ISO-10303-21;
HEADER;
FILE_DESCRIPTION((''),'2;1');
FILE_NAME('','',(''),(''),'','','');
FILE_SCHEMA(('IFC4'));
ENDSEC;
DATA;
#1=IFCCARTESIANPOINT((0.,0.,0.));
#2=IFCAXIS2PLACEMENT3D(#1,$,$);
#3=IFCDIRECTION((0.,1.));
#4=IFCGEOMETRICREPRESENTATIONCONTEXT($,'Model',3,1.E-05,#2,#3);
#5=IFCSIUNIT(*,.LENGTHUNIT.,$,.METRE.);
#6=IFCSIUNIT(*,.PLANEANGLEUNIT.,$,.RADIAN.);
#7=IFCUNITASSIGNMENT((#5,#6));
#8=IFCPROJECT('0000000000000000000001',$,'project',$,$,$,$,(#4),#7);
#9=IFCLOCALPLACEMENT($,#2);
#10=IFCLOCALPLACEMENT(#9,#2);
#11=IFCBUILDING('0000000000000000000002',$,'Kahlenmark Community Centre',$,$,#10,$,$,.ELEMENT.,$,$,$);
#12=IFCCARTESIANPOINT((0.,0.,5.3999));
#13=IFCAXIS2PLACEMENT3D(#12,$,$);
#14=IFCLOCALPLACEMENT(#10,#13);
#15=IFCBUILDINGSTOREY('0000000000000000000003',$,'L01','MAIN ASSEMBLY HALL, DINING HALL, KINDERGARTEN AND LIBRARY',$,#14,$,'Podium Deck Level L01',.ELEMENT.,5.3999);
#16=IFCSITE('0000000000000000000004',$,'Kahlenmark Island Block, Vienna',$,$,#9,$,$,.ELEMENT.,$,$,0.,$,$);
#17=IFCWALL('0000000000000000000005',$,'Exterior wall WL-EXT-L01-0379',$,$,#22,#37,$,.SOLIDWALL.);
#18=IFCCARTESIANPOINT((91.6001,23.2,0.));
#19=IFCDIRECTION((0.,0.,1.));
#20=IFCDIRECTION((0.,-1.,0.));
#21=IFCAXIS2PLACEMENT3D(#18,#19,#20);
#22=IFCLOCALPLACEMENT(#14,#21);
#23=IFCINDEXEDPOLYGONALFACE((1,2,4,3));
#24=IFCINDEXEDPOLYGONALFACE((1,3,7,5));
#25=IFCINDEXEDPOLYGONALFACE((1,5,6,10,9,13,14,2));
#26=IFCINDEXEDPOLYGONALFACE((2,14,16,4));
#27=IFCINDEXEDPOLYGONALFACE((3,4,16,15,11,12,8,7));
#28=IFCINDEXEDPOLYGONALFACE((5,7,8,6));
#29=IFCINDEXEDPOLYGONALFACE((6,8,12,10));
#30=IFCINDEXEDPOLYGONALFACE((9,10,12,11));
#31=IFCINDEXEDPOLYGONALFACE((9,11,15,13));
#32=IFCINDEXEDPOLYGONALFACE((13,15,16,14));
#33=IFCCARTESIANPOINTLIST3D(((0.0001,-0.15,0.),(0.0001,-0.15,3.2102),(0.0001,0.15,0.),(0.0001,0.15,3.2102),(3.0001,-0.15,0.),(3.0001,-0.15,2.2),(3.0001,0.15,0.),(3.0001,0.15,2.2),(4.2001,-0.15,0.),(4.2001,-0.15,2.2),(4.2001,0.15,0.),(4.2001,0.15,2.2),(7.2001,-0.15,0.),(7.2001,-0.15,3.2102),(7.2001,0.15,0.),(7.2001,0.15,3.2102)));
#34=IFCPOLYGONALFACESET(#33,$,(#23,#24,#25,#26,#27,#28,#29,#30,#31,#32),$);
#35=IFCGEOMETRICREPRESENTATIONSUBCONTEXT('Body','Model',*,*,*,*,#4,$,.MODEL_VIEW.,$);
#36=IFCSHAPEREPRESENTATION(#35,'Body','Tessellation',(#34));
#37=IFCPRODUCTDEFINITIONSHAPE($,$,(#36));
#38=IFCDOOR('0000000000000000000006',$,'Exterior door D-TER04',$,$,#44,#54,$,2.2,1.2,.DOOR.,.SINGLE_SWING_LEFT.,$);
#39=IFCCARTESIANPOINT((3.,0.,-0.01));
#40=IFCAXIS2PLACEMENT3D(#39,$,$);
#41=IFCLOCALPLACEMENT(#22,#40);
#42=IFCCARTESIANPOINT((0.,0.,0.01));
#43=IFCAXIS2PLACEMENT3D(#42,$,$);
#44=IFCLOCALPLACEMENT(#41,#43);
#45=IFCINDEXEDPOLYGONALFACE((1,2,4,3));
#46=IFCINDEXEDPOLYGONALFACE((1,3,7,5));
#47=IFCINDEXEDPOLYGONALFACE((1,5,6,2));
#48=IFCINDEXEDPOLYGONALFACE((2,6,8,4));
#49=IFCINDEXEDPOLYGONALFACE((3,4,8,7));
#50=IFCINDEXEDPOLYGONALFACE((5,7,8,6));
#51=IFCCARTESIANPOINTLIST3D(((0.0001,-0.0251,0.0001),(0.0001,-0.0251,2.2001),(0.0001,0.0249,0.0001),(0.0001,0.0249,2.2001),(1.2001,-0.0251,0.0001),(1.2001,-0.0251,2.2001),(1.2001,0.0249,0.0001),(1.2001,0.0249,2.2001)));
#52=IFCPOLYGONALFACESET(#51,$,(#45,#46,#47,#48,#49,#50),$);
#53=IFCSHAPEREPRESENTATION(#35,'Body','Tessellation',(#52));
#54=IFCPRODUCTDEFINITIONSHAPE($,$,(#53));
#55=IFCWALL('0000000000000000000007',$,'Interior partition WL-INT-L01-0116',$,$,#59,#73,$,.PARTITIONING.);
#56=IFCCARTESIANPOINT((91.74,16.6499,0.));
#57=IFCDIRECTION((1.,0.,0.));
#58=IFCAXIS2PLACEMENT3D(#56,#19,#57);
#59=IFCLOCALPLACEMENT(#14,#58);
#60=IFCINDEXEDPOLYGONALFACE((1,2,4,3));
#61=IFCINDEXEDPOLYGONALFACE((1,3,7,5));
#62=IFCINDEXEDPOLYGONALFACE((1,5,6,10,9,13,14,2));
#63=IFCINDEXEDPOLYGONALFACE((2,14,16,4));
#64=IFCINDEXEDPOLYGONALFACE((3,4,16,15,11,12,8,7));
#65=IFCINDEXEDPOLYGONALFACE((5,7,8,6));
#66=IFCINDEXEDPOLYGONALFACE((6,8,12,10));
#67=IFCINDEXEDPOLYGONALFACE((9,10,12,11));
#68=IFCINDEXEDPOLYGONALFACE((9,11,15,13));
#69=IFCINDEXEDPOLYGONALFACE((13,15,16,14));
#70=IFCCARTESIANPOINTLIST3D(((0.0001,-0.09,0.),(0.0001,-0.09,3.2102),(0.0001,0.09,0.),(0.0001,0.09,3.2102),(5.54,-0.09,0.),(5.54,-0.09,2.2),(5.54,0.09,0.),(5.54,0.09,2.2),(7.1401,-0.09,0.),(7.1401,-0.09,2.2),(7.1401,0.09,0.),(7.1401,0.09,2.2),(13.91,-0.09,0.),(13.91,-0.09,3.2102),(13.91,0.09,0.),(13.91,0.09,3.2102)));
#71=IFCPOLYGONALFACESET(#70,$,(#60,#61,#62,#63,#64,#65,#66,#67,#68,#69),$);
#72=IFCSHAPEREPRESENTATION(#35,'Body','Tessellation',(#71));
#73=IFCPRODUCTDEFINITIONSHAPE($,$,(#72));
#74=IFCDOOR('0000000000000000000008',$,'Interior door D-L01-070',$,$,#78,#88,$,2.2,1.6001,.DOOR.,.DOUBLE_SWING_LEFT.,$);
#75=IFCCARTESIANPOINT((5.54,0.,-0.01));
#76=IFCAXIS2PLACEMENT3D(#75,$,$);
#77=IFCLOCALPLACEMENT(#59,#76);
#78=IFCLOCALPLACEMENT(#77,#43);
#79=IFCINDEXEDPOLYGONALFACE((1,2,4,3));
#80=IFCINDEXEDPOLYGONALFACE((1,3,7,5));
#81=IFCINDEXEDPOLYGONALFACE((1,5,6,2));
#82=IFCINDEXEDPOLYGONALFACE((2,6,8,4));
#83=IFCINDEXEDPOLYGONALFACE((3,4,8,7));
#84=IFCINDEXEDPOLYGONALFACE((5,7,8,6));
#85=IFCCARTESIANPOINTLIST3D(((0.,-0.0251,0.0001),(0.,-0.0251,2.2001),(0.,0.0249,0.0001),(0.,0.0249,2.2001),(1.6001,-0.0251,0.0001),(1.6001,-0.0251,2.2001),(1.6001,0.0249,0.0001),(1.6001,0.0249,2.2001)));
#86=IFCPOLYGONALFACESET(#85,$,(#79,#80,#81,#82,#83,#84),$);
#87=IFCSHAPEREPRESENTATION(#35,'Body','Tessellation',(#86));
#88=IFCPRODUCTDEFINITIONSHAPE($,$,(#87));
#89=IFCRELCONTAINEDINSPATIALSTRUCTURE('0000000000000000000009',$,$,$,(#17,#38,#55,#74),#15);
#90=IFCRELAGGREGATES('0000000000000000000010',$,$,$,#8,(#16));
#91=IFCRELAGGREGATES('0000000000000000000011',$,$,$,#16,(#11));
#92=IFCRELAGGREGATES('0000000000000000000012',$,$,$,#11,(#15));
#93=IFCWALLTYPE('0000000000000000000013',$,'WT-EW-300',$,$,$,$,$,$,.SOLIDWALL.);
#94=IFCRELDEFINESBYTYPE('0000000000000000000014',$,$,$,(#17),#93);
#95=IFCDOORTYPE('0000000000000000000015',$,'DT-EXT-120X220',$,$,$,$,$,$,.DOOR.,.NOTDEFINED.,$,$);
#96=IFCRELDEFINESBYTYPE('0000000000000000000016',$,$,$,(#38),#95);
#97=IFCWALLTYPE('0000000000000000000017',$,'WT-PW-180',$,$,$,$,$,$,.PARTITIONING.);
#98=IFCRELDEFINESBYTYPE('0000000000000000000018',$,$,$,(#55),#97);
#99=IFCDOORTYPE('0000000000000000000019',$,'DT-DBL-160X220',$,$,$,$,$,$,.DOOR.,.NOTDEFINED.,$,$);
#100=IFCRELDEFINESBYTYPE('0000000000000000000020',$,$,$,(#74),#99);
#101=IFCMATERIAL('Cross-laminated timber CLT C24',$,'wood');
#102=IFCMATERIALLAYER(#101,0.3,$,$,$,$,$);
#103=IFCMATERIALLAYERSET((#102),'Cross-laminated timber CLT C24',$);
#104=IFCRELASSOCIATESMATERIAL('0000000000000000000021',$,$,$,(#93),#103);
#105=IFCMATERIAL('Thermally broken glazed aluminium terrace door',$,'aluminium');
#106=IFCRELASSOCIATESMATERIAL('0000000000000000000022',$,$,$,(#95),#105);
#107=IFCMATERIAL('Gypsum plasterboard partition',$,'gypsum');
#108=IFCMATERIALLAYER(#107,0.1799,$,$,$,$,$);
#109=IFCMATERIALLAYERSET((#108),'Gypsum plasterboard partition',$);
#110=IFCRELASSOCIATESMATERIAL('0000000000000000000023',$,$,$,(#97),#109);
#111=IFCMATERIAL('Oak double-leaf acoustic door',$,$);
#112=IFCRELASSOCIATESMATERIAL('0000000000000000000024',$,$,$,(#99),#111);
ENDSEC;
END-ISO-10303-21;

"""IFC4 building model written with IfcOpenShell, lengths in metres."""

from ifc_helpers import new_model, si_unit, direction, frame, frame_2d, origin, place, context, subcontext, project, spatial, rectangle, extrude, material, layer, layer_set, type_object, element, fill, save


model = new_model("IFC4")

# Units and contexts
model_context = context("Model", 3, precision=1e-05, world=origin(), true_north=direction((0.0, 1.0)))
body_context = subcontext(model_context, "Body", "Model", "MODEL_VIEW")
ifc_project = project(units=[si_unit("LENGTHUNIT", "METRE"), si_unit("PLANEANGLEUNIT", "RADIAN")], contexts=[model_context])

# Site, building, storey
site_placement = place(None, origin())
site = spatial("IfcSite", under=ifc_project, at=site_placement, Name="Kahlenmark Island Block, Vienna", CompositionType="ELEMENT", RefElevation=0.0)
building_placement = place(site_placement, origin())
building = spatial("IfcBuilding", under=site, at=building_placement, Name="Kahlenmark Community Centre", CompositionType="ELEMENT")
storey_placement = place(building_placement, frame((0.0, 0.0, 5.3999)))
storey = spatial("IfcBuildingStorey", under=building, at=storey_placement, Name="L01", Description="MAIN ASSEMBLY HALL, DINING HALL, KINDERGARTEN AND LIBRARY", LongName="Podium Deck Level L01", CompositionType="ELEMENT", Elevation=5.3999)

# Shared definitions
ifc_material_1 = material(Name="Cross-laminated timber CLT C24", Category="wood")
ifc_layer_1 = layer(ifc_material_1, 0.3)
ifc_layer_set_1 = layer_set([ifc_layer_1], Name="Cross-laminated timber CLT C24")
wall_type_1 = type_object("IfcWallType", Name="WT-EW-300", PredefinedType="SOLIDWALL", material=ifc_layer_set_1)

# Walls, openings, doors
wall_1_placement = place(storey_placement, frame((91.6001, 23.2, 0.0), z_axis=(0.0, 0.0, 1.0), x_axis=(0.0, -1.0, 0.0)))
wall_1 = element("IfcWall", 1, at=wall_1_placement, inside=storey, type_object=wall_type_1, Name="Exterior wall WL-EXT-L01-0379", PredefinedType="SOLIDWALL", context=body_context, shape_type="SweptSolid", body=[
    extrude(rectangle(XDim=7.2, YDim=0.3, at=frame_2d((3.6001, 0.0))), origin(), (0.0, 0.0, 1.0), 3.2102),
])
opening_1_placement = place(wall_1_placement, frame((3.0, 0.0, -0.01)))
opening_1 = element("IfcOpeningElement", 2, at=opening_1_placement, cuts=wall_1, PredefinedType="OPENING", context=body_context, shape_type="SweptSolid", body=[
    extrude(rectangle(XDim=1.2, YDim=2.21, at=frame_2d((0.6001, 1.105))), frame((0.0, 0.1599, 0.0), z_axis=(0.0, -1.0, 0.0), x_axis=(1.0, 0.0, 0.0)), (0.0, 0.0, 1.0), 0.3201),
])
ifc_material_2 = material(Name="Thermally broken glazed aluminium terrace door", Category="aluminium")
door_type_1 = type_object("IfcDoorType", Name="DT-EXT-120X220", OperationType="NOTDEFINED", PredefinedType="DOOR", material=ifc_material_2)
door_1_placement = place(opening_1_placement, frame((0.0, 0.0, 0.01)))
door_1 = element("IfcDoor", 3, at=door_1_placement, inside=storey, type_object=door_type_1, Name="Exterior door D-TER04", OperationType="SINGLE_SWING_LEFT", OverallHeight=2.2, OverallWidth=1.2, PredefinedType="DOOR", context=body_context, shape_type="SweptSolid", body=[
    extrude(rectangle(XDim=1.2, YDim=2.2, at=frame_2d((0.6001, 1.1001))), frame((0.0, 0.0249, 0.0), z_axis=(0.0, -1.0, 0.0), x_axis=(1.0, 0.0, 0.0)), (0.0, 0.0, 1.0), 0.05),
])
fill(opening_1, door_1)
ifc_material_3 = material(Name="Gypsum plasterboard partition", Category="gypsum")
ifc_layer_2 = layer(ifc_material_3, 0.1799)
ifc_layer_set_2 = layer_set([ifc_layer_2], Name="Gypsum plasterboard partition")
wall_type_2 = type_object("IfcWallType", Name="WT-PW-180", PredefinedType="PARTITIONING", material=ifc_layer_set_2)
wall_2_placement = place(storey_placement, frame((91.74, 16.6499, 0.0), z_axis=(0.0, 0.0, 1.0), x_axis=(1.0, 0.0, 0.0)))
wall_2 = element("IfcWall", 4, at=wall_2_placement, inside=storey, type_object=wall_type_2, Name="Interior partition WL-INT-L01-0116", PredefinedType="PARTITIONING", context=body_context, shape_type="SweptSolid", body=[
    extrude(rectangle(XDim=13.9099, YDim=0.1799, at=frame_2d((6.9551, 0.0))), origin(), (0.0, 0.0, 1.0), 3.2102),
])
opening_2_placement = place(wall_2_placement, frame((5.54, 0.0, -0.01)))
opening_2 = element("IfcOpeningElement", 5, at=opening_2_placement, cuts=wall_2, PredefinedType="OPENING", context=body_context, shape_type="SweptSolid", body=[
    extrude(rectangle(XDim=1.6001, YDim=2.21, at=frame_2d((0.8, 1.105))), frame((0.0, 0.0999, 0.0), z_axis=(0.0, -1.0, 0.0), x_axis=(1.0, 0.0, 0.0)), (0.0, 0.0, 1.0), 0.2),
])
ifc_material_4 = material(Name="Oak double-leaf acoustic door")
door_type_2 = type_object("IfcDoorType", Name="DT-DBL-160X220", OperationType="NOTDEFINED", PredefinedType="DOOR", material=ifc_material_4)
door_2_placement = place(opening_2_placement, frame((0.0, 0.0, 0.01)))
door_2 = element("IfcDoor", 6, at=door_2_placement, inside=storey, type_object=door_type_2, Name="Interior door D-L01-070", OperationType="DOUBLE_SWING_LEFT", OverallHeight=2.2, OverallWidth=1.6001, PredefinedType="DOOR", context=body_context, shape_type="SweptSolid", body=[
    extrude(rectangle(XDim=1.6001, YDim=2.2, at=frame_2d((0.8, 1.1001))), frame((0.0, 0.0249, 0.0), z_axis=(0.0, -1.0, 0.0), x_axis=(1.0, 0.0, 0.0)), (0.0, 0.0, 1.0), 0.05),
])
fill(opening_2, door_2)

save(model, "model.ifc")
